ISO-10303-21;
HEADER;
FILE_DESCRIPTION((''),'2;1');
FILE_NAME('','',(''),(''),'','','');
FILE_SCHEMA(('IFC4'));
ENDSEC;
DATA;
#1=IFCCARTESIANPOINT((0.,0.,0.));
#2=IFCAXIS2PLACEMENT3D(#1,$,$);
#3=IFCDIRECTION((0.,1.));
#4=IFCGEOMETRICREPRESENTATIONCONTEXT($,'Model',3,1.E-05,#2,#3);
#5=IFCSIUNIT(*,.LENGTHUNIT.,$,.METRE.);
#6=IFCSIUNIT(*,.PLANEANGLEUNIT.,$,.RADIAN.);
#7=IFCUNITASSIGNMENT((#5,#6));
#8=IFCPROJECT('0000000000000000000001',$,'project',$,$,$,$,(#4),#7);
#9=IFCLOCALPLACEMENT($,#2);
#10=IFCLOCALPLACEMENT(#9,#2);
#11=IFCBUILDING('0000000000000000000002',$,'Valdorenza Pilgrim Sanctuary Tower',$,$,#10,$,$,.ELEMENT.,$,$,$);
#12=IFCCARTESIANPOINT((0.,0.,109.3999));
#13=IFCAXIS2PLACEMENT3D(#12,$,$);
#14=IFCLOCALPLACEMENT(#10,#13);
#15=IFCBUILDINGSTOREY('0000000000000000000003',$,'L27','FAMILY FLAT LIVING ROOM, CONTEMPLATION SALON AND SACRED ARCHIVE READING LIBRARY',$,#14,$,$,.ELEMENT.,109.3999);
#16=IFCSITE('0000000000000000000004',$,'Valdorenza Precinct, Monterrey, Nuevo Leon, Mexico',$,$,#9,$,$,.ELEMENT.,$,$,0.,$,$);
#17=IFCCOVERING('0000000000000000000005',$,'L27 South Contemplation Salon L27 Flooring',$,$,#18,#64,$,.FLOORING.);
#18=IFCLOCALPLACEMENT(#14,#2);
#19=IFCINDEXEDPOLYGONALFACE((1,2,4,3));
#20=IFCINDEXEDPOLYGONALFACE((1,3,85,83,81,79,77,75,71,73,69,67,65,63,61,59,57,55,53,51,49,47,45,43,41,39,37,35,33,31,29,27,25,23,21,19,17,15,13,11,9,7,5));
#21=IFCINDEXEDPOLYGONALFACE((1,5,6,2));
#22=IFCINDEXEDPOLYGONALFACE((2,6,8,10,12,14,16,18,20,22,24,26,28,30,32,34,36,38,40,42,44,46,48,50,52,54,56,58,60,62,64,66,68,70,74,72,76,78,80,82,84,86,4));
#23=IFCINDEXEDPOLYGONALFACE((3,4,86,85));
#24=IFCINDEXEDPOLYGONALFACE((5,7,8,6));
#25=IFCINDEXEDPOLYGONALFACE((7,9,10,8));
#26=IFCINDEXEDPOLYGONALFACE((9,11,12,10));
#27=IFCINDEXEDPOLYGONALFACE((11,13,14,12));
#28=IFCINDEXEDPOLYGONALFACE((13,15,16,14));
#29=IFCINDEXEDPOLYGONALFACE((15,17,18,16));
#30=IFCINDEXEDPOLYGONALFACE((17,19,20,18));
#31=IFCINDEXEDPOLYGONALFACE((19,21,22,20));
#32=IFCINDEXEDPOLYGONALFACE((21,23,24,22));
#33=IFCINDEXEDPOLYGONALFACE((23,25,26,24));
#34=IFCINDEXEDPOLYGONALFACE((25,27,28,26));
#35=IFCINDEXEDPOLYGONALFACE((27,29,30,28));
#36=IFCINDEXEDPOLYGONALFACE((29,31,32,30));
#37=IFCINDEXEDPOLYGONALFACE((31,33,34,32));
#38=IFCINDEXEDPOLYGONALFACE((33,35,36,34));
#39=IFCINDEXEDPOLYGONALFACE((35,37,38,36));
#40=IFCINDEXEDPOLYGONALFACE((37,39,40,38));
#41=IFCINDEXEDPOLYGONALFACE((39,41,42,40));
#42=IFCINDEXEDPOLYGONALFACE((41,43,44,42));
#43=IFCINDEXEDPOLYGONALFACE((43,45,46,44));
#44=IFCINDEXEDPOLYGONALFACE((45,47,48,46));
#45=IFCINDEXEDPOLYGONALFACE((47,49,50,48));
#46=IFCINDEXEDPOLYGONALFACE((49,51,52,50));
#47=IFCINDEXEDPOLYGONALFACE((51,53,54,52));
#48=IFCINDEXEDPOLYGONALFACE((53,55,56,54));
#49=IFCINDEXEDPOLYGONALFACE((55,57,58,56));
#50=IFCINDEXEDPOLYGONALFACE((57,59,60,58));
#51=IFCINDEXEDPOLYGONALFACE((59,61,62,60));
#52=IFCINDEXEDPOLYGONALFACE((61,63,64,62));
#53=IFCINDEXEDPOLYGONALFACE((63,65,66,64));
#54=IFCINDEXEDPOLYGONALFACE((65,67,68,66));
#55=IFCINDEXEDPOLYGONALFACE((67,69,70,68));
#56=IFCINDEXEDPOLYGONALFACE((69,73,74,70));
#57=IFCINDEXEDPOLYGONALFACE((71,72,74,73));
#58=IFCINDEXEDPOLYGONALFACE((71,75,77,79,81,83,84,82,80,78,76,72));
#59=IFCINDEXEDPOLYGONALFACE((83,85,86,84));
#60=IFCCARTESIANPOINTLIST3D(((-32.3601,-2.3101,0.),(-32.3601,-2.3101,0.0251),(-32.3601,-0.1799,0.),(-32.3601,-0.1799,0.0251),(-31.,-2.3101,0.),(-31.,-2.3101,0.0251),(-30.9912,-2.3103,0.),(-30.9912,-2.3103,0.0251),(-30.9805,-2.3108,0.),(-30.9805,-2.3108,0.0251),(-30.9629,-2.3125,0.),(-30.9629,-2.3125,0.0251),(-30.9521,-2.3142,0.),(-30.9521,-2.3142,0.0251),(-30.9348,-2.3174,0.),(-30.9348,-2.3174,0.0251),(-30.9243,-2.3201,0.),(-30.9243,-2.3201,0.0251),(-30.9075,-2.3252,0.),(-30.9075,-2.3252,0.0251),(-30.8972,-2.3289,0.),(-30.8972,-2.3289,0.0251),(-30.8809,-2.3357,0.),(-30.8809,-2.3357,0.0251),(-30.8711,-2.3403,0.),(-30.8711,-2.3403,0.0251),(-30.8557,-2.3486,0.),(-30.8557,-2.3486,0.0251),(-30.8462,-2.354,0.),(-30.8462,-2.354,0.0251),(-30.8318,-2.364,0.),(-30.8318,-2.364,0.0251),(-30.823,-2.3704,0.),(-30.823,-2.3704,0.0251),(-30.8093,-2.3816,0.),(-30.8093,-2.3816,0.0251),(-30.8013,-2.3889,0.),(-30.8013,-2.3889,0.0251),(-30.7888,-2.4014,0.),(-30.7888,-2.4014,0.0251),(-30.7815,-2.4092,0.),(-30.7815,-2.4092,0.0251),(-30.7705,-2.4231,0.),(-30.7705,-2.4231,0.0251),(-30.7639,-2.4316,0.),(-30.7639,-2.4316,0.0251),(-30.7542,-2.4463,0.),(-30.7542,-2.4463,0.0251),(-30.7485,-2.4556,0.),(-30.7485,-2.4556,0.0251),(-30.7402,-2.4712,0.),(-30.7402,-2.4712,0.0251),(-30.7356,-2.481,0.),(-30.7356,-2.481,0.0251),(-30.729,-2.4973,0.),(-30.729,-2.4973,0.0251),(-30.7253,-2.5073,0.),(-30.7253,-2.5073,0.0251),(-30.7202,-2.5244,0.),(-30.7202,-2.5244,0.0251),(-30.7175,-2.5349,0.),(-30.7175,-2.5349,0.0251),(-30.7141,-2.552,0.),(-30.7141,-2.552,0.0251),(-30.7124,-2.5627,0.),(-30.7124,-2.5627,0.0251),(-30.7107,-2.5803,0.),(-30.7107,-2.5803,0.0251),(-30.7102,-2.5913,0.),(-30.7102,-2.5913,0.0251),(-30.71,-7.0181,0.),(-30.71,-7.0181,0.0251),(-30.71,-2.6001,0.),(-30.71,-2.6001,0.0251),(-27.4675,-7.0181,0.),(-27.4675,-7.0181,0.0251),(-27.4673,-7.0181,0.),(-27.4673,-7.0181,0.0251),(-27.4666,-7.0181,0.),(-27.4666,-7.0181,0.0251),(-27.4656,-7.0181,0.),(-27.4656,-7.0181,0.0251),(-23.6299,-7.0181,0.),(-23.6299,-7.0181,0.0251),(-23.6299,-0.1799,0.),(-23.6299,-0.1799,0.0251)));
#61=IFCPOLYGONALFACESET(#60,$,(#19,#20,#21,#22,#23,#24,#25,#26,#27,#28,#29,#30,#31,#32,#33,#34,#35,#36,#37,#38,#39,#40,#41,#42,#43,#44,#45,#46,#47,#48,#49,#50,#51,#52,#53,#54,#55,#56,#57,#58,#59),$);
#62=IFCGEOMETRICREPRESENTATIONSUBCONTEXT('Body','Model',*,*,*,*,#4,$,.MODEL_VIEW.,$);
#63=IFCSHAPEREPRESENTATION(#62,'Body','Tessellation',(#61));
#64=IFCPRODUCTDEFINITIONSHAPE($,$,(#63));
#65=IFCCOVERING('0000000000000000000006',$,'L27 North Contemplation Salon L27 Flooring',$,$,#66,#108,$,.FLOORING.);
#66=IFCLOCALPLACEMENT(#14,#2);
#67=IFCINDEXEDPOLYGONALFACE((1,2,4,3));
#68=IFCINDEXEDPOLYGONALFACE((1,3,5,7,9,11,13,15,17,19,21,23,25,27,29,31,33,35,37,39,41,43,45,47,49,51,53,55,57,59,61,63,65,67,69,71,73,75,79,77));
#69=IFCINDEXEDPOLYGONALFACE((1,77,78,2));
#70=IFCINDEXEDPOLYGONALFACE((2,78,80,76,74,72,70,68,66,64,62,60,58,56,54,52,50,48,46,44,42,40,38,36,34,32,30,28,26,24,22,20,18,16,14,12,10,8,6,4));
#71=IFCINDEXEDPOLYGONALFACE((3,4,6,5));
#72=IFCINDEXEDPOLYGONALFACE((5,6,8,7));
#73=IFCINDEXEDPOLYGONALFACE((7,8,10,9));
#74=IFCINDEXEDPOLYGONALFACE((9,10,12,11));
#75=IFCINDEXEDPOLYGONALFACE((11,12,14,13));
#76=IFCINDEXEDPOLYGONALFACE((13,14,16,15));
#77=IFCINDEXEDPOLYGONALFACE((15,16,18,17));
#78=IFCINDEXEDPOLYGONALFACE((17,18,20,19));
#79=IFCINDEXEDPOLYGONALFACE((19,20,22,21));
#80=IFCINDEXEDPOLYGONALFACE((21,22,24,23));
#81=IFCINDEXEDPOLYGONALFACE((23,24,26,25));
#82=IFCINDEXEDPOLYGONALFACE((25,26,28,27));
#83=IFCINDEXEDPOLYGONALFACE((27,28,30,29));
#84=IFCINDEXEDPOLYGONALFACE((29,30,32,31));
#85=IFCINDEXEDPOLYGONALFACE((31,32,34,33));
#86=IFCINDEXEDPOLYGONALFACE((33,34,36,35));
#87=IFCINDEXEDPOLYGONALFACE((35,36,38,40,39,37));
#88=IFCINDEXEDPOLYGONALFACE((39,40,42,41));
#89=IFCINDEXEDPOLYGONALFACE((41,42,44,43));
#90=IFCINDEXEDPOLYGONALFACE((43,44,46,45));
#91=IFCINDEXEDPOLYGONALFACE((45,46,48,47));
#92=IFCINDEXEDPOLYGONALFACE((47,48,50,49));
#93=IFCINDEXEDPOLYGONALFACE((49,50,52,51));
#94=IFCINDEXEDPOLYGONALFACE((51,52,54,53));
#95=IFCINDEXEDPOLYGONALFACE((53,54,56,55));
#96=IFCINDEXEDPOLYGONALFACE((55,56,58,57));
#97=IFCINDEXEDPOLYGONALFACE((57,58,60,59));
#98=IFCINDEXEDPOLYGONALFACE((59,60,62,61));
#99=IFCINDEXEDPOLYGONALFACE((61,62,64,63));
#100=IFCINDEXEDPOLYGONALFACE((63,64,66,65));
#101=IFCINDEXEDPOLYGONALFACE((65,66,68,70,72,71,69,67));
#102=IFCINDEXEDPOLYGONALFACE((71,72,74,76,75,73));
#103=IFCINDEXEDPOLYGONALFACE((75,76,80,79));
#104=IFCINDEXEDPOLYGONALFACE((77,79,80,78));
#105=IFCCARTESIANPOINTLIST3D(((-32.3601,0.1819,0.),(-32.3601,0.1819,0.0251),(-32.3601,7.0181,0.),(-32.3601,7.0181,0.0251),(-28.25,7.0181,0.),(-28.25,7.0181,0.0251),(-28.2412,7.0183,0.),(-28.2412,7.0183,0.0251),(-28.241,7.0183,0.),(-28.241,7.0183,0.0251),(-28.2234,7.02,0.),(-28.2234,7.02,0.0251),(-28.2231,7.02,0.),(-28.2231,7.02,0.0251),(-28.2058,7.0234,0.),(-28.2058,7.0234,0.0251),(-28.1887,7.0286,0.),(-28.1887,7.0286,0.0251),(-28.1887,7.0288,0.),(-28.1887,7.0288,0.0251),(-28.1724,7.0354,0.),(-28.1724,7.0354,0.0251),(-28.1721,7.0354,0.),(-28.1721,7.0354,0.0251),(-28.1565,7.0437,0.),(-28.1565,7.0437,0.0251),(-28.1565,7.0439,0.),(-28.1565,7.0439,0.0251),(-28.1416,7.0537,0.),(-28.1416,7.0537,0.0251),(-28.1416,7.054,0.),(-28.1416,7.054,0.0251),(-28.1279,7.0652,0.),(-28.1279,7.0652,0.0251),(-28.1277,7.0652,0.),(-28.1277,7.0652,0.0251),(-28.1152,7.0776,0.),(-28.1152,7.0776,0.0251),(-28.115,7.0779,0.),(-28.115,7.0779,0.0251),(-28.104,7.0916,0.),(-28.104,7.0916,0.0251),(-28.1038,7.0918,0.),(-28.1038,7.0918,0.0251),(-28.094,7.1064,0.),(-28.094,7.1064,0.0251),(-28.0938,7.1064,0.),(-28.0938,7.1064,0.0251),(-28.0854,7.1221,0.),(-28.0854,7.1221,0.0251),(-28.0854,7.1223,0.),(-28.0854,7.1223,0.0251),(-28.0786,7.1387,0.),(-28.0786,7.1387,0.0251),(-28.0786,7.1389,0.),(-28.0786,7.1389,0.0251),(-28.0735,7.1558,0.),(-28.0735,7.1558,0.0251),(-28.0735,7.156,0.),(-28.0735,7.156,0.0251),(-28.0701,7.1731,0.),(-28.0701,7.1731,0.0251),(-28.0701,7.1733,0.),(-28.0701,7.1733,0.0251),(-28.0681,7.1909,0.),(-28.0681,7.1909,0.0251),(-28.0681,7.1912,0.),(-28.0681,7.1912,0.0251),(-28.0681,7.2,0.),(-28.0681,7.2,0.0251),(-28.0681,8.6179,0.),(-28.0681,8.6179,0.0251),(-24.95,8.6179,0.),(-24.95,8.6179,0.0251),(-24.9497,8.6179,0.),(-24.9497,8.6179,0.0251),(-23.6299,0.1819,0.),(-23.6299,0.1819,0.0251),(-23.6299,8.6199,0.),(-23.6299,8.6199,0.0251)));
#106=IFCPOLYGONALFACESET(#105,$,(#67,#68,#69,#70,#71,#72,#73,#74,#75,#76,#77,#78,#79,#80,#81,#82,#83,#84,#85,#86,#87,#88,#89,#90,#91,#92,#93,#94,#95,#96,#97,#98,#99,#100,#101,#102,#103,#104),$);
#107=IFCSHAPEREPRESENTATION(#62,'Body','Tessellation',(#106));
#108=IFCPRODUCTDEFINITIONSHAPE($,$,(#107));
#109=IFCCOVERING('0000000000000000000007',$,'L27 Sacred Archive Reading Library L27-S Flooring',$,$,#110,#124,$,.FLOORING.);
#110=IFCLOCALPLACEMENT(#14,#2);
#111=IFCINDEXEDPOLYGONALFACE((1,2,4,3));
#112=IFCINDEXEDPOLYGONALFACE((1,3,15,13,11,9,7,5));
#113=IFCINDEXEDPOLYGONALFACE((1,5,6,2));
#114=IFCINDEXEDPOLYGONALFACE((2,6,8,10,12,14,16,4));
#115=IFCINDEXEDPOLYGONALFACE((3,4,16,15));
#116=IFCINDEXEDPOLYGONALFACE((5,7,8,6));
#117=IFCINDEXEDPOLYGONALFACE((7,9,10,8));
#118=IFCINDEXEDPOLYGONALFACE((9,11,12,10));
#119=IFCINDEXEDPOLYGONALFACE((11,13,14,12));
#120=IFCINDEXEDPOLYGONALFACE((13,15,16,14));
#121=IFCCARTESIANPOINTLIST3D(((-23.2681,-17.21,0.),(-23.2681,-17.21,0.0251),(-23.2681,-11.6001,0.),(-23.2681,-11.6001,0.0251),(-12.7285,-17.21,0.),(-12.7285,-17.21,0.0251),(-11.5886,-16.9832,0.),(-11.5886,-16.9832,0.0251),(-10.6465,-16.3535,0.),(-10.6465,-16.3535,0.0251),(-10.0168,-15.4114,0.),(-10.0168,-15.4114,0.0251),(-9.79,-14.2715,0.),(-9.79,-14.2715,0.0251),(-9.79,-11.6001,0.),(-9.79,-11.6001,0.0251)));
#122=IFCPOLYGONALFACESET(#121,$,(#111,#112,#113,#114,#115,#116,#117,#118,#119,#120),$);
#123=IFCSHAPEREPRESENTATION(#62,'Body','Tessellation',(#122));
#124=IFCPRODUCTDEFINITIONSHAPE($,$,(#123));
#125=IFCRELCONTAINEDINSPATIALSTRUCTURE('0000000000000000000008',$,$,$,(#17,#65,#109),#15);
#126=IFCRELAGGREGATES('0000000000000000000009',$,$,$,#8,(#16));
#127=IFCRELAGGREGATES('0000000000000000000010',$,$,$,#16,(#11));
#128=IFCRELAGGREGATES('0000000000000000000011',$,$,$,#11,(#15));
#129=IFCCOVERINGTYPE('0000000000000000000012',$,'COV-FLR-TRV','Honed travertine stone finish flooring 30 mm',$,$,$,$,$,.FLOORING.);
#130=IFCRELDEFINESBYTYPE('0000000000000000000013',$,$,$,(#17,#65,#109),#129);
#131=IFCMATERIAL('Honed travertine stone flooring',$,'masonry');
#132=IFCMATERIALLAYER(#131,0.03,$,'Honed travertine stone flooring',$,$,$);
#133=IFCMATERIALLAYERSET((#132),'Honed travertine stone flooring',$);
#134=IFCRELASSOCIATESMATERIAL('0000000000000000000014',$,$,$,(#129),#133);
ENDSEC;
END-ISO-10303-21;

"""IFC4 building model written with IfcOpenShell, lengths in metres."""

from ifc_helpers import new_model, si_unit, direction, frame, origin, place, context, subcontext, project, spatial, polyline, outline, extrude, material, layer, layer_set, type_object, element, save


model = new_model("IFC4")

# Units and contexts
model_context = context("Model", 3, precision=1e-05, world=origin(), true_north=direction((0.0, 1.0)))
body_context = subcontext(model_context, "Body", "Model", "MODEL_VIEW")
ifc_project = project(units=[si_unit("LENGTHUNIT", "METRE"), si_unit("PLANEANGLEUNIT", "RADIAN")], contexts=[model_context])

# Site, building, storey
site_placement = place(None, origin())
site = spatial("IfcSite", under=ifc_project, at=site_placement, Name="Valdorenza Precinct, Monterrey, Nuevo Leon, Mexico", CompositionType="ELEMENT", RefElevation=0.0)
building_placement = place(site_placement, origin())
building = spatial("IfcBuilding", under=site, at=building_placement, Name="Valdorenza Pilgrim Sanctuary Tower", CompositionType="ELEMENT")
storey_placement = place(building_placement, frame((0.0, 0.0, 109.3999)))
storey = spatial("IfcBuildingStorey", under=building, at=storey_placement, Name="L27", Description="FAMILY FLAT LIVING ROOM, CONTEMPLATION SALON AND SACRED ARCHIVE READING LIBRARY", CompositionType="ELEMENT", Elevation=109.3999)

# Coverings
ifc_material_1 = material(Name="Honed travertine stone flooring", Category="masonry")
ifc_layer_1 = layer(ifc_material_1, 0.03, Name="Honed travertine stone flooring")
ifc_layer_set_1 = layer_set([ifc_layer_1], Name="Honed travertine stone flooring")
covering_type_1 = type_object("IfcCoveringType", Name="COV-FLR-TRV", Description="Honed travertine stone finish flooring 30 mm", PredefinedType="FLOORING", material=ifc_layer_set_1)
covering_1_placement = place(storey_placement, origin())
element("IfcCovering", 1, at=covering_1_placement, inside=storey, type_object=covering_type_1, Name="L27 South Contemplation Salon L27 Flooring", PredefinedType="FLOORING", context=body_context, shape_type="SweptSolid", body=[
    extrude(outline(polyline([(-27.4673, -7.0181), (-27.4675, -7.0181), (-30.71, -7.0181), (-30.71, -2.6001), (-30.7102, -2.5913), (-30.7107, -2.5803), (-30.7124, -2.5627), (-30.7141, -2.552), (-30.7175, -2.5349), (-30.7202, -2.5244), (-30.7253, -2.5073), (-30.729, -2.4973), (-30.7356, -2.481), (-30.7402, -2.4712), (-30.7485, -2.4556), (-30.7542, -2.4463), (-30.7639, -2.4316), (-30.7705, -2.4231), (-30.7815, -2.4092), (-30.7888, -2.4014), (-30.8013, -2.3889), (-30.8093, -2.3816), (-30.823, -2.3704), (-30.8318, -2.364), (-30.8462, -2.354), (-30.8557, -2.3486), (-30.8711, -2.3403), (-30.8809, -2.3357), (-30.8972, -2.3289), (-30.9075, -2.3252), (-30.9243, -2.3201), (-30.9348, -2.3174), (-30.9521, -2.3142), (-30.9629, -2.3125), (-30.9805, -2.3108), (-30.9912, -2.3103), (-31.0, -2.3101), (-32.3601, -2.3101), (-32.3601, -0.1799), (-23.6299, -0.1799), (-23.6299, -7.0181), (-27.4656, -7.0181), (-27.4666, -7.0181), (-27.4673, -7.0181)])), origin(), (0.0, 0.0, 1.0), 0.0251),
])
covering_2_placement = place(storey_placement, origin())
element("IfcCovering", 2, at=covering_2_placement, inside=storey, type_object=covering_type_1, Name="L27 North Contemplation Salon L27 Flooring", PredefinedType="FLOORING", context=body_context, shape_type="SweptSolid", body=[
    extrude(outline(polyline([(-23.6299, 8.6199), (-23.6299, 0.1819), (-32.3601, 0.1819), (-32.3601, 7.0181), (-28.25, 7.0181), (-28.2412, 7.0183), (-28.241, 7.0183), (-28.2234, 7.02), (-28.2231, 7.02), (-28.2058, 7.0234), (-28.2058, 7.0234), (-28.1887, 7.0286), (-28.1887, 7.0288), (-28.1724, 7.0354), (-28.1721, 7.0354), (-28.1565, 7.0437), (-28.1565, 7.0439), (-28.1416, 7.0537), (-28.1416, 7.054), (-28.1279, 7.0652), (-28.1277, 7.0652), (-28.1152, 7.0776), (-28.115, 7.0779), (-28.104, 7.0916), (-28.1038, 7.0918), (-28.094, 7.1064), (-28.0938, 7.1064), (-28.0854, 7.1221), (-28.0854, 7.1223), (-28.0786, 7.1387), (-28.0786, 7.1389), (-28.0735, 7.1558), (-28.0735, 7.156), (-28.0701, 7.1731), (-28.0701, 7.1733), (-28.0681, 7.1909), (-28.0681, 7.1912), (-28.0681, 7.2), (-28.0681, 8.6179), (-24.95, 8.6179), (-24.9497, 8.6179), (-23.6299, 8.6199)])), origin(), (0.0, 0.0, 1.0), 0.0251),
])
covering_3_placement = place(storey_placement, origin())
element("IfcCovering", 3, at=covering_3_placement, inside=storey, type_object=covering_type_1, Name="L27 Sacred Archive Reading Library L27-S Flooring", PredefinedType="FLOORING", context=body_context, shape_type="SweptSolid", body=[
    extrude(outline(polyline([(-9.79, -11.6001), (-9.79, -14.2715), (-10.0168, -15.4114), (-10.6465, -16.3535), (-11.5886, -16.9832), (-12.7285, -17.21), (-23.2681, -17.21), (-23.2681, -11.6001), (-9.79, -11.6001)])), origin(), (0.0, 0.0, 1.0), 0.0251),
])

save(model, "model.ifc")
